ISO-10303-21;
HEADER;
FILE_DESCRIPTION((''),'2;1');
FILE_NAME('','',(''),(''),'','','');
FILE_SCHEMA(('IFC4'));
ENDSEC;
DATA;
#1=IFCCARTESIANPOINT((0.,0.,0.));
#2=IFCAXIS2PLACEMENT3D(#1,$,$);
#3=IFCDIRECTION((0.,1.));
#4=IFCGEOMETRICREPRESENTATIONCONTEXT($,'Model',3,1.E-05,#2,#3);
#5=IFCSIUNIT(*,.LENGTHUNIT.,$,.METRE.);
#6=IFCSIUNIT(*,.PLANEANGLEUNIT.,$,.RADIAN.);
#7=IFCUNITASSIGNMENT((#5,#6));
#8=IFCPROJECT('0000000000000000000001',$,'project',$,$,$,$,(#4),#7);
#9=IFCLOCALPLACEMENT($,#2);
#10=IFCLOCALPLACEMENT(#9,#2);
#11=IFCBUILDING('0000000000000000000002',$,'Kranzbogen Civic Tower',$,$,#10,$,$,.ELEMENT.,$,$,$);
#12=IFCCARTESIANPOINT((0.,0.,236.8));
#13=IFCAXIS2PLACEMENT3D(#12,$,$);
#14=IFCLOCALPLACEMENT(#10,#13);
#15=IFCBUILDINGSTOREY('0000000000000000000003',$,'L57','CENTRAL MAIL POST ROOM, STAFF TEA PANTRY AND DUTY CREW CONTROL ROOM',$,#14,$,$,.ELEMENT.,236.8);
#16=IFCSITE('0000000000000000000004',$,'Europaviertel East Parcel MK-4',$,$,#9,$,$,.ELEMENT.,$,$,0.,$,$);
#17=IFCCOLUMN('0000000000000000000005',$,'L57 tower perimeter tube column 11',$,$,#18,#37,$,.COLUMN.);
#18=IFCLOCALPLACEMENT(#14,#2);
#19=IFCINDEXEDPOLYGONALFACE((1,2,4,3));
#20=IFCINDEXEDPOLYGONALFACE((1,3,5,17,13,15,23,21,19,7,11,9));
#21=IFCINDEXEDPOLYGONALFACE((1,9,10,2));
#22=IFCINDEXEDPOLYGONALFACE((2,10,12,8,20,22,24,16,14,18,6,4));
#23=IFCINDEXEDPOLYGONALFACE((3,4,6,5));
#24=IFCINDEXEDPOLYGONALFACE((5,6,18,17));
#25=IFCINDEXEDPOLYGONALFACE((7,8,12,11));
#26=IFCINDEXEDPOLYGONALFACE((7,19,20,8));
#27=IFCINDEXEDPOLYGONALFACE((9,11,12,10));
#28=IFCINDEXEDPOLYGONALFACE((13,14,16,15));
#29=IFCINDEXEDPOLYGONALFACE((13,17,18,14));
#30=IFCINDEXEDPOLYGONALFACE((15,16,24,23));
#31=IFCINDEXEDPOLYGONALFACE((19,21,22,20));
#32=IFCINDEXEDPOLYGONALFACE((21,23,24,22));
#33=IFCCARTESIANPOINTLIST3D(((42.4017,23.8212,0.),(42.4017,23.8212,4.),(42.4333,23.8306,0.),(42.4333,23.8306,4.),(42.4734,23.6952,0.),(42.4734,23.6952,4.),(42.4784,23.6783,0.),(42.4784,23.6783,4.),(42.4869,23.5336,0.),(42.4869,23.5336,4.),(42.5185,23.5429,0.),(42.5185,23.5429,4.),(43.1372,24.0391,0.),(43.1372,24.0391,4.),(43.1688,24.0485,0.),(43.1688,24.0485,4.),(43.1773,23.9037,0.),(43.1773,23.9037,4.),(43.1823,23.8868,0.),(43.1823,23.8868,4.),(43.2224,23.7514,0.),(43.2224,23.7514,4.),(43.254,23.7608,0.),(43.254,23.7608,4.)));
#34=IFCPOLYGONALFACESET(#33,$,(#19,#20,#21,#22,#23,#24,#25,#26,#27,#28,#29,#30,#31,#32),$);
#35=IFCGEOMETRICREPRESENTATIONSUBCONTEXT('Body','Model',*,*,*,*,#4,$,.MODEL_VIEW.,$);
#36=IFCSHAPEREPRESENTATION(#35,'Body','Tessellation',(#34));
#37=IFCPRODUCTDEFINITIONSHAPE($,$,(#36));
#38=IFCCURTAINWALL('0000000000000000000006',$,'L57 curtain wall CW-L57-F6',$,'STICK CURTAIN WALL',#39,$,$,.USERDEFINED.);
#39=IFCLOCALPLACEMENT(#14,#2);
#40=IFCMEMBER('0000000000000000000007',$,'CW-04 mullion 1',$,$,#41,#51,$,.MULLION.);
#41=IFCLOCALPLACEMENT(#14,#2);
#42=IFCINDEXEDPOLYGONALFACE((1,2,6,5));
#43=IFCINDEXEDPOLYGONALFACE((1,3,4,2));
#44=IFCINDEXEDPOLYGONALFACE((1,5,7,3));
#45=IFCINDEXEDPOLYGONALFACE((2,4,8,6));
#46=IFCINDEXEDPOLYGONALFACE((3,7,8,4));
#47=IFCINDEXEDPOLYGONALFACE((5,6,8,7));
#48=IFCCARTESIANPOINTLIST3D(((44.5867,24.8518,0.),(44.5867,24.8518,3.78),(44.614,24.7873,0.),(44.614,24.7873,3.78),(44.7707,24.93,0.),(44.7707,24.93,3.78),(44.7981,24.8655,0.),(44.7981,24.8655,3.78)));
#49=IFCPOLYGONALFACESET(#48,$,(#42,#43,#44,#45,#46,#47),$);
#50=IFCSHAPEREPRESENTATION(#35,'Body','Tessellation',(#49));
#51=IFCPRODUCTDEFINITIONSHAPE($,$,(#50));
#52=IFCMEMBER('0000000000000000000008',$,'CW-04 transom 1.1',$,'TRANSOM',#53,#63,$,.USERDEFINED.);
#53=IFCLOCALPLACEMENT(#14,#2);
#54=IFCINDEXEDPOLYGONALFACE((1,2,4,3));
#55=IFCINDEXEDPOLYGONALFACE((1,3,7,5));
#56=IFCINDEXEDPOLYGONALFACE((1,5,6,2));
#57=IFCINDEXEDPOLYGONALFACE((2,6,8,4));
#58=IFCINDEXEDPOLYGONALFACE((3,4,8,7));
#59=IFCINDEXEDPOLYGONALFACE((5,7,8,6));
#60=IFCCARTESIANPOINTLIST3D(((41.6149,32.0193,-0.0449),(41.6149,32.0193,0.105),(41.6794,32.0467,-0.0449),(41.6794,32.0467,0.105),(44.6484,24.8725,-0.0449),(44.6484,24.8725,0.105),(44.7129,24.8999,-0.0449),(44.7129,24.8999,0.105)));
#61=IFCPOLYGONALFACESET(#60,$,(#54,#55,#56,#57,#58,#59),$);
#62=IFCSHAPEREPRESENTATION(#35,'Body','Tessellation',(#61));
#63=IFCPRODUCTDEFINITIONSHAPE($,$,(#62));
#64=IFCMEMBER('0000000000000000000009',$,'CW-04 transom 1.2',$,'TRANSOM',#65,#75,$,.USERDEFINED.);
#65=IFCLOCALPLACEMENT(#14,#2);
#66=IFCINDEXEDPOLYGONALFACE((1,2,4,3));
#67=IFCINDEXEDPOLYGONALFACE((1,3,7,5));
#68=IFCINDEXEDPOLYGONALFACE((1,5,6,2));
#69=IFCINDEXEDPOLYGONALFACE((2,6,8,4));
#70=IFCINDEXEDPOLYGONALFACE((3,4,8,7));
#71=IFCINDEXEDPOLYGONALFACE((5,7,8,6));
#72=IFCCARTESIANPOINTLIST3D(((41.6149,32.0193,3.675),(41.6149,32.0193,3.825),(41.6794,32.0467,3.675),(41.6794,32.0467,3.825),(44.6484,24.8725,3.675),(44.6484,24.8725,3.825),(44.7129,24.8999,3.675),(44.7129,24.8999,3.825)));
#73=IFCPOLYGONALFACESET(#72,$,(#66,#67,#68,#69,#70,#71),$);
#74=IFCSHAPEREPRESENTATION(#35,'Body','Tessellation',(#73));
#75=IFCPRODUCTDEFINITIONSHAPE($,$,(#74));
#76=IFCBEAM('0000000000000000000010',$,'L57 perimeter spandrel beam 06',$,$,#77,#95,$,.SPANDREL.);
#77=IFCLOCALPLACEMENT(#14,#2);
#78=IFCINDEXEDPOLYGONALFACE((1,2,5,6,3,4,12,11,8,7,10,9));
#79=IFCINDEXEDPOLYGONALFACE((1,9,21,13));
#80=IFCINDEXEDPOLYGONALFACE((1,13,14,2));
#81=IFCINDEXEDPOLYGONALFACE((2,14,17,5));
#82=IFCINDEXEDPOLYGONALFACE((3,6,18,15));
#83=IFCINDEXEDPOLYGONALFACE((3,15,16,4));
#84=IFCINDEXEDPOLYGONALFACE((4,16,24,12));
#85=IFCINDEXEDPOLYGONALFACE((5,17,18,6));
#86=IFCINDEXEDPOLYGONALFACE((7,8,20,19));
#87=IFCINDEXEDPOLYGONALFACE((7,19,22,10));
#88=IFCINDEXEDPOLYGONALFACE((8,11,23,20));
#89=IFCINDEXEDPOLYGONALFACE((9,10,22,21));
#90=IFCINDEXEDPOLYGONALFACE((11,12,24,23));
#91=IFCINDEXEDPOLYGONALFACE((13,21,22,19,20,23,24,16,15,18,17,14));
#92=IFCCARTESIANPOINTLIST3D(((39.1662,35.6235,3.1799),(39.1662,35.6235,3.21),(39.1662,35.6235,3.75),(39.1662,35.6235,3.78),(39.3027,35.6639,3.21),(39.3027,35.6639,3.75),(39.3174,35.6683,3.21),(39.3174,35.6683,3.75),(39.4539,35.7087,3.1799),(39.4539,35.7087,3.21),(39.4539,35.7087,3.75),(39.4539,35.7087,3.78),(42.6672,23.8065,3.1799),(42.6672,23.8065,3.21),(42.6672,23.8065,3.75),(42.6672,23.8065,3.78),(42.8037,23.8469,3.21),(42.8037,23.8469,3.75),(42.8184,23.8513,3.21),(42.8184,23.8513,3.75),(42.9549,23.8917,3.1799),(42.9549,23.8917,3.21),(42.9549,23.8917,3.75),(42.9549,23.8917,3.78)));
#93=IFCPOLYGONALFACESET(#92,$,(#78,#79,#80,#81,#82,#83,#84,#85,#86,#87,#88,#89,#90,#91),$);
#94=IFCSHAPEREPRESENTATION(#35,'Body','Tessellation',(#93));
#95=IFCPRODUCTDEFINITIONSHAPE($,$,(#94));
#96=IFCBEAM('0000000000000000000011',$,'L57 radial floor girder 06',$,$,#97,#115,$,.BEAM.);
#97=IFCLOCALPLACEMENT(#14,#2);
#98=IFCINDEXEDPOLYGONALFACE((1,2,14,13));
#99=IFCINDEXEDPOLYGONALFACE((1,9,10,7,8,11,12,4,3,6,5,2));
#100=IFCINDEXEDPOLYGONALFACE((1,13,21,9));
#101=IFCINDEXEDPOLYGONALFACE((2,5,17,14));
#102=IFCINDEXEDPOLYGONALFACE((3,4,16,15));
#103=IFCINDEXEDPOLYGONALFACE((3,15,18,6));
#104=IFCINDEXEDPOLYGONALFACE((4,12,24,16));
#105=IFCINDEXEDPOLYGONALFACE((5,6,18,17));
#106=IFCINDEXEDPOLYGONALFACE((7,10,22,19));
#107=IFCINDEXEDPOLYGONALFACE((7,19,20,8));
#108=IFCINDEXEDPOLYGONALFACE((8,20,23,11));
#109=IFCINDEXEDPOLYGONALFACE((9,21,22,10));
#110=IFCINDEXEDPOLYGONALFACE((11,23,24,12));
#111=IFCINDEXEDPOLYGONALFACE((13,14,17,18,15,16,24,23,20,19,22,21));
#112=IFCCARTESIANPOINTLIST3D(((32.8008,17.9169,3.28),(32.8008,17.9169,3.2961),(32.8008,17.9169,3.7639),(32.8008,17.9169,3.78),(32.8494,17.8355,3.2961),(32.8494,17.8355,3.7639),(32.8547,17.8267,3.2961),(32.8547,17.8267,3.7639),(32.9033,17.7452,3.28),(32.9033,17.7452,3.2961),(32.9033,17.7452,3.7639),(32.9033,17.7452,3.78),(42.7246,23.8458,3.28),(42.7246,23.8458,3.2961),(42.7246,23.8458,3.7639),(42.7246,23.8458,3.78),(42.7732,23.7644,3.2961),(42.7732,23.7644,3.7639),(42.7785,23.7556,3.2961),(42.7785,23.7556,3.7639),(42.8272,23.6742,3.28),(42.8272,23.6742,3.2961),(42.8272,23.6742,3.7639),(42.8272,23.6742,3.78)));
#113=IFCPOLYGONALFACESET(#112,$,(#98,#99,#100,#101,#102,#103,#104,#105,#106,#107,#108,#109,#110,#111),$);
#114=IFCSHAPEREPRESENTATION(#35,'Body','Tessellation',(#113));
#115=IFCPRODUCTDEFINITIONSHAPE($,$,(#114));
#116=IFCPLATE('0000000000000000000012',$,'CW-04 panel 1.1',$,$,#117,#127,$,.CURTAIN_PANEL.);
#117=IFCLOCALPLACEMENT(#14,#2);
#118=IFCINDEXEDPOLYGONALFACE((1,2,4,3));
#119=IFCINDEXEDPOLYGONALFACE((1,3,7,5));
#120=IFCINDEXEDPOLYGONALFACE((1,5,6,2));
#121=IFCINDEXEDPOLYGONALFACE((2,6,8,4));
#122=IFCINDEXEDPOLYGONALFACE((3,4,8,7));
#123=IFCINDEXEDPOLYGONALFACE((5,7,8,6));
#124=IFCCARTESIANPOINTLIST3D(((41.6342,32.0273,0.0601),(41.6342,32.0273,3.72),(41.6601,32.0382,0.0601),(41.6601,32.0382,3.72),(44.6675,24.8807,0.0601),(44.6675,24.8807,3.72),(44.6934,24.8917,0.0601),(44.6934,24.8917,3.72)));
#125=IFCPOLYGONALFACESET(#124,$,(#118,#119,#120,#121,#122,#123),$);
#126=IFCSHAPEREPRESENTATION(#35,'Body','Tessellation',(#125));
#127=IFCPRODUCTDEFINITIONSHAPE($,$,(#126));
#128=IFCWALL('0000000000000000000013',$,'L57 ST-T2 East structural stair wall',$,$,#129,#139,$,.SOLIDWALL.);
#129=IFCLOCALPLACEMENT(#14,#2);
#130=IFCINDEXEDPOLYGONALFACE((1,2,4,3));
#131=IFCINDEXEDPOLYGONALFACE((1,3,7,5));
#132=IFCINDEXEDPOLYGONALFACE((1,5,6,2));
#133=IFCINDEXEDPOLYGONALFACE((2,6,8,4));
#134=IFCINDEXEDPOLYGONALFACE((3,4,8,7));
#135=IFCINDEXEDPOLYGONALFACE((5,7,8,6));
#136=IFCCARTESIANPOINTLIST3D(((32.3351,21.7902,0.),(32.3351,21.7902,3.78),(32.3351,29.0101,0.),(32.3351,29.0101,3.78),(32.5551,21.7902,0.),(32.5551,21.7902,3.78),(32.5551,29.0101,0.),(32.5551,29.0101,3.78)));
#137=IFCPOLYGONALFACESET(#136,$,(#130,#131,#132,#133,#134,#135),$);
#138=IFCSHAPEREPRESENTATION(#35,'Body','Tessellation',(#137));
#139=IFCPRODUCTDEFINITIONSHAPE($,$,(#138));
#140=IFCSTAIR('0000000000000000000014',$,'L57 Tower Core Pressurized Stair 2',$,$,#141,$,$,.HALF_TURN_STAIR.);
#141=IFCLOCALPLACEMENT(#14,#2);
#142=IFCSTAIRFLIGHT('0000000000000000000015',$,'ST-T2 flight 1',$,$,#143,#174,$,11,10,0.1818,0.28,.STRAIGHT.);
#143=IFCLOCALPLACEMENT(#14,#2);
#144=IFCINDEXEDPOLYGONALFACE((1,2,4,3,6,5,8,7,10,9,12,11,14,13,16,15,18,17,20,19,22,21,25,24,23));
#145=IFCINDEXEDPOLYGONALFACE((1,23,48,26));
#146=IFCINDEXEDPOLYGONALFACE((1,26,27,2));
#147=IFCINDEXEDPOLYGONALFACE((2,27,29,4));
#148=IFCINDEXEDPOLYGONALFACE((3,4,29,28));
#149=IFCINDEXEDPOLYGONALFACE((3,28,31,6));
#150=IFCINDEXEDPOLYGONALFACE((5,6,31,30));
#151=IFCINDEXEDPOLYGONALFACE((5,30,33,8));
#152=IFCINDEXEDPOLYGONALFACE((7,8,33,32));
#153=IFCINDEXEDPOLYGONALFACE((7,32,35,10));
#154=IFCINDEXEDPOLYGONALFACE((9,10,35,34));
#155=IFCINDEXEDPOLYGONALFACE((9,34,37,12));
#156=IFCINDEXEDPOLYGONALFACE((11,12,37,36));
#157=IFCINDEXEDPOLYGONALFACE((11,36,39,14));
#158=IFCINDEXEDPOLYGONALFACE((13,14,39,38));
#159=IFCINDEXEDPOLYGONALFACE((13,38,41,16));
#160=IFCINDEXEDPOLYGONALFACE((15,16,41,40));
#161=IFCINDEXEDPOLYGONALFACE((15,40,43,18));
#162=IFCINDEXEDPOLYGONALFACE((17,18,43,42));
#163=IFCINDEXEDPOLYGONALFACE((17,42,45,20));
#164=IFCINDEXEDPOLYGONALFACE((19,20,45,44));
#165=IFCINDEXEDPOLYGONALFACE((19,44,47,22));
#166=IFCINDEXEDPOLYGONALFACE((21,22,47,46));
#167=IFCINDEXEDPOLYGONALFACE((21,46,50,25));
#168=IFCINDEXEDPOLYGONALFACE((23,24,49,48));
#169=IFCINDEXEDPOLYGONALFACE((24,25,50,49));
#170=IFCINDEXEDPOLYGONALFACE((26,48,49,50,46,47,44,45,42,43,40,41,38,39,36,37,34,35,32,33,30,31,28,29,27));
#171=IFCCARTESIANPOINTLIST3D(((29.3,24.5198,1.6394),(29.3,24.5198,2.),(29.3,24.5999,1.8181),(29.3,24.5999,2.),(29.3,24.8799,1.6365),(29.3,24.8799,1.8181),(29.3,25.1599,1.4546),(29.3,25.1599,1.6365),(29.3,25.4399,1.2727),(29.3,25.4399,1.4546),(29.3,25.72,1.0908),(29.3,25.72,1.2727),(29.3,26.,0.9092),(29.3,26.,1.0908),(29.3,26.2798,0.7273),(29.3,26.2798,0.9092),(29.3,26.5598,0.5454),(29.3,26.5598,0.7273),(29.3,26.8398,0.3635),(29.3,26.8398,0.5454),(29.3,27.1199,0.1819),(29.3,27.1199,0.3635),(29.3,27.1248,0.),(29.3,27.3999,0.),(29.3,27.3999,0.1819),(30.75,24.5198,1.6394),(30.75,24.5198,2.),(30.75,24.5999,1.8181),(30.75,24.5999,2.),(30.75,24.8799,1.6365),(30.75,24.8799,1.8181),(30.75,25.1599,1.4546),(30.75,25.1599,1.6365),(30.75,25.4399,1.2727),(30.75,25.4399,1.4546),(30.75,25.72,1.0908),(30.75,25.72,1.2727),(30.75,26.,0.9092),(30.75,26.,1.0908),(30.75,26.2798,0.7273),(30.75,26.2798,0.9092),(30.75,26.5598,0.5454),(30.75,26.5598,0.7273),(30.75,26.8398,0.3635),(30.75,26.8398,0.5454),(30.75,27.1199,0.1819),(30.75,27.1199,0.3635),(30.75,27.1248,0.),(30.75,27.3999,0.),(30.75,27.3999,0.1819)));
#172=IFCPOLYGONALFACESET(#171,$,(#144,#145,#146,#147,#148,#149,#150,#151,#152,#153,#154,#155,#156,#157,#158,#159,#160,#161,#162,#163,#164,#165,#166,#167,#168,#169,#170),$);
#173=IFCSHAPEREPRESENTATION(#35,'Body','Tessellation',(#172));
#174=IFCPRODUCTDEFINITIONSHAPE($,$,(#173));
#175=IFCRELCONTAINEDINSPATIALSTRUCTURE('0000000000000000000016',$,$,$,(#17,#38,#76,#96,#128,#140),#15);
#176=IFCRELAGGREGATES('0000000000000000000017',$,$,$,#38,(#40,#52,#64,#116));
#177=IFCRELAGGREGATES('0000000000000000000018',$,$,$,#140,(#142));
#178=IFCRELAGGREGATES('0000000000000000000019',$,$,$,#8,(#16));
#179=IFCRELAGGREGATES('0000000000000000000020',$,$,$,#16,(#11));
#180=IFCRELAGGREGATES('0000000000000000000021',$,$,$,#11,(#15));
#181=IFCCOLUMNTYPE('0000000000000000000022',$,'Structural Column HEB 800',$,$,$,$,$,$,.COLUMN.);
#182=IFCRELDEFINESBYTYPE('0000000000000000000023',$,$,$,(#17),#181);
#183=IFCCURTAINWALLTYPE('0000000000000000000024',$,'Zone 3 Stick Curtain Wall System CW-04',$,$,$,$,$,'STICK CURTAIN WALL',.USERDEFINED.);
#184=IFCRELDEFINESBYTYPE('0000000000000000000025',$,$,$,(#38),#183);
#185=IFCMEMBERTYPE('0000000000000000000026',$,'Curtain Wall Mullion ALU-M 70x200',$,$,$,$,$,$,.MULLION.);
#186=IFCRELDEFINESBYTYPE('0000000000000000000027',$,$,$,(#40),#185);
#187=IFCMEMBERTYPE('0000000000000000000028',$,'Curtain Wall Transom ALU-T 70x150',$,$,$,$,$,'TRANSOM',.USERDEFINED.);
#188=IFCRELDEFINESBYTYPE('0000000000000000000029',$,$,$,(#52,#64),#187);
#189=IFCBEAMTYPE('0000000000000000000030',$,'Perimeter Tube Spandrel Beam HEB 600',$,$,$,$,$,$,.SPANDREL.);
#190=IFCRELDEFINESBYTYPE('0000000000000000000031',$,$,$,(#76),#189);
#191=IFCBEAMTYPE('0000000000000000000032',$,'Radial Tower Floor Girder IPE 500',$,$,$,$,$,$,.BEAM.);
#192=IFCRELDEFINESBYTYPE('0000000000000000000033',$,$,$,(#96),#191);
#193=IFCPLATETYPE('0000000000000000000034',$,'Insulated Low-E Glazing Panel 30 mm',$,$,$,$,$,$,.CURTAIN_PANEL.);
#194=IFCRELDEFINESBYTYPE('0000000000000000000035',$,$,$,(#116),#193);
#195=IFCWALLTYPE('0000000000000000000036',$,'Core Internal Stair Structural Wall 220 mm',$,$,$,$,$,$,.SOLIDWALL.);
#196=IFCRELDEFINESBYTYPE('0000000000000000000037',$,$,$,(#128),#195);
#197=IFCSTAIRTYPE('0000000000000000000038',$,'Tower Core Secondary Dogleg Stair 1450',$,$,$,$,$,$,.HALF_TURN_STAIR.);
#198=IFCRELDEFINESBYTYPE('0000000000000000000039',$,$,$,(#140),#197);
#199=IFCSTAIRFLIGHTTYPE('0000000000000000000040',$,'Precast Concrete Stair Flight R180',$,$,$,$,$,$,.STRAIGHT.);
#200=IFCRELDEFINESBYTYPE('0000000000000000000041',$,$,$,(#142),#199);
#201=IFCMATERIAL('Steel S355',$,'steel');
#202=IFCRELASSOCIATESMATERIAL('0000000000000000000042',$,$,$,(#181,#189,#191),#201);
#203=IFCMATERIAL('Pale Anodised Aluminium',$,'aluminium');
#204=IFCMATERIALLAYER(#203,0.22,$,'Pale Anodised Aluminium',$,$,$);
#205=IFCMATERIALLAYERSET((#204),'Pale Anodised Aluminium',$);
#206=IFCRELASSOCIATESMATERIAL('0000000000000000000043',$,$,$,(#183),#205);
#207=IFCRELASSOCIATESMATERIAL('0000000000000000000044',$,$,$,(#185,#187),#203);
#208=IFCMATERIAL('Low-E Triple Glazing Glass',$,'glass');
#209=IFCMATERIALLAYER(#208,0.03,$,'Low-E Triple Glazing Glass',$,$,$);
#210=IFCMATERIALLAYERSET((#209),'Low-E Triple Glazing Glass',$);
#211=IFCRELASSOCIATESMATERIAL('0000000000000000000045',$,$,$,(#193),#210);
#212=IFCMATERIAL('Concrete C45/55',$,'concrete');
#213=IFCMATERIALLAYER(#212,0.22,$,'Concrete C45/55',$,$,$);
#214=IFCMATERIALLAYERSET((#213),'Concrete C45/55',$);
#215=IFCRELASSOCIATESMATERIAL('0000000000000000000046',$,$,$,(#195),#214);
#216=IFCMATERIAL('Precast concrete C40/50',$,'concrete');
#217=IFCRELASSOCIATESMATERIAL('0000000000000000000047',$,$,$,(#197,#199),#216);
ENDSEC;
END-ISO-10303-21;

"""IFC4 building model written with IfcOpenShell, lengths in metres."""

from ifc_helpers import new_model, si_unit, direction, frame, frame_2d, origin, origin_2d, place, context, subcontext, project, spatial, polyline, rectangle, i_section, outline, extrude, material, layer, layer_set, material_profile, profile_set, type_object, element, aggregate, save


model = new_model("IFC4")

# Units and contexts
model_context = context("Model", 3, precision=1e-05, world=origin(), true_north=direction((0.0, 1.0)))
body_context = subcontext(model_context, "Body", "Model", "MODEL_VIEW")
ifc_project = project(units=[si_unit("LENGTHUNIT", "METRE"), si_unit("PLANEANGLEUNIT", "RADIAN")], contexts=[model_context])

# Site, building, storey
site_placement = place(None, origin())
site = spatial("IfcSite", under=ifc_project, at=site_placement, Name="Europaviertel East Parcel MK-4", CompositionType="ELEMENT", RefElevation=0.0)
building_placement = place(site_placement, origin())
building = spatial("IfcBuilding", under=site, at=building_placement, Name="Kranzbogen Civic Tower", CompositionType="ELEMENT")
storey_placement = place(building_placement, frame((0.0, 0.0, 236.8)))
storey = spatial("IfcBuildingStorey", under=building, at=storey_placement, Name="L57", Description="CENTRAL MAIL POST ROOM, STAFF TEA PANTRY AND DUTY CREW CONTROL ROOM", CompositionType="ELEMENT", Elevation=236.8)

# Column
ifc_material_1 = material(Name="Steel S355", Category="steel")
ifc_material_profile_1 = material_profile(ifc_material_1, i_section(OverallWidth=0.3, OverallDepth=0.8, WebThickness=0.0176, FlangeThickness=0.033, at=origin_2d()), Name="HEB 800")
ifc_profile_set_1 = profile_set([ifc_material_profile_1], Name="Steel S355")
column_type = type_object("IfcColumnType", Name="Structural Column HEB 800", PredefinedType="COLUMN", material=ifc_profile_set_1)
column_placement = place(storey_placement, frame((42.8279, 23.791, 0.0), z_axis=(0.0, 0.0, 1.0), x_axis=(-0.284015, 0.95882, 0.0)))
element("IfcColumn", 1, at=column_placement, inside=storey, type_object=column_type, Name="L57 tower perimeter tube column 11", PredefinedType="COLUMN", context=body_context, shape_type="SweptSolid", body=[
    extrude(i_section(OverallWidth=0.3, OverallDepth=0.8, WebThickness=0.0176, FlangeThickness=0.033, at=origin_2d()), origin(), (0.0, 0.0, 1.0), 4.0),
])

# Curtain wall, members
ifc_material_2 = material(Name="Pale Anodised Aluminium", Category="aluminium")
ifc_layer_1 = layer(ifc_material_2, 0.22, Name="Pale Anodised Aluminium")
ifc_layer_set_1 = layer_set([ifc_layer_1], Name="Pale Anodised Aluminium")
curtain_wall_type = type_object("IfcCurtainWallType", Name="Zone 3 Stick Curtain Wall System CW-04", ElementType="STICK CURTAIN WALL", PredefinedType="USERDEFINED", material=ifc_layer_set_1)
curtain_wall_placement = place(storey_placement, origin())
curtain_wall = element("IfcCurtainWall", 2, at=curtain_wall_placement, inside=storey, type_object=curtain_wall_type, Name="L57 curtain wall CW-L57-F6", ObjectType="STICK CURTAIN WALL", PredefinedType="USERDEFINED")
ifc_material_profile_2 = material_profile(ifc_material_2, rectangle(XDim=0.0701, YDim=0.2, at=origin_2d()), Name="ALU-M 70x200")
ifc_profile_set_2 = profile_set([ifc_material_profile_2], Name="Pale Anodised Aluminium")
member_type_1 = type_object("IfcMemberType", Name="Curtain Wall Mullion ALU-M 70x200", PredefinedType="MULLION", material=ifc_profile_set_2)
member_1_placement = place(storey_placement, frame((44.6924, 24.8586, 0.0), z_axis=(0.0, 0.0, 1.0), x_axis=(-0.390705, 0.920516, 0.0)))
member_1 = element("IfcMember", 3, at=member_1_placement, type_object=member_type_1, Name="CW-04 mullion 1", PredefinedType="MULLION", context=body_context, shape_type="SweptSolid", body=[
    extrude(rectangle(XDim=0.0701, YDim=0.2, at=origin_2d()), origin(), (0.0, 0.0, 1.0), 3.78),
])
ifc_material_profile_3 = material_profile(ifc_material_2, rectangle(XDim=0.0701, YDim=0.1499, at=origin_2d()), Name="ALU-T 70x150")
ifc_profile_set_3 = profile_set([ifc_material_profile_3], Name="Pale Anodised Aluminium")
member_type_2 = type_object("IfcMemberType", Name="Curtain Wall Transom ALU-T 70x150", ElementType="TRANSOM", PredefinedType="USERDEFINED", material=ifc_profile_set_3)
member_2_placement = place(storey_placement, frame((44.6807, 24.8862, 0.03), z_axis=(-0.390714, 0.920512, 0.0), x_axis=(-0.920512, -0.390714, 0.0)))
member_2 = element("IfcMember", 4, at=member_2_placement, type_object=member_type_2, Name="CW-04 transom 1.1", ObjectType="TRANSOM", PredefinedType="USERDEFINED", context=body_context, shape_type="SweptSolid", body=[
    extrude(rectangle(XDim=0.0701, YDim=0.1499, at=origin_2d()), origin(), (0.0, 0.0, 1.0), 7.7639),
])
member_3_placement = place(storey_placement, frame((44.6807, 24.8862, 3.75), z_axis=(-0.390714, 0.920512, 0.0), x_axis=(-0.920512, -0.390714, 0.0)))
member_3 = element("IfcMember", 5, at=member_3_placement, type_object=member_type_2, Name="CW-04 transom 1.2", ObjectType="TRANSOM", PredefinedType="USERDEFINED", context=body_context, shape_type="SweptSolid", body=[
    extrude(rectangle(XDim=0.0701, YDim=0.1499, at=origin_2d()), origin(), (0.0, 0.0, 1.0), 7.7639),
])

# Beams
ifc_material_profile_4 = material_profile(ifc_material_1, i_section(OverallWidth=0.3, OverallDepth=0.6001, WebThickness=0.0154, FlangeThickness=0.03, at=origin_2d()), Name="HEB 600")
ifc_profile_set_4 = profile_set([ifc_material_profile_4], Name="Steel S355")
beam_type_1 = type_object("IfcBeamType", Name="Perimeter Tube Spandrel Beam HEB 600", PredefinedType="SPANDREL", material=ifc_profile_set_4)
beam_1_placement = place(storey_placement, frame((42.811, 23.8491, 3.48), z_axis=(-0.284064, 0.958805, 0.0), x_axis=(-0.958805, -0.284064, 0.0)))
element("IfcBeam", 6, at=beam_1_placement, inside=storey, type_object=beam_type_1, Name="L57 perimeter spandrel beam 06", PredefinedType="SPANDREL", context=body_context, shape_type="SweptSolid", body=[
    extrude(i_section(OverallWidth=0.3, OverallDepth=0.6001, WebThickness=0.0154, FlangeThickness=0.03, at=origin_2d()), origin(), (0.0, 0.0, 1.0), 12.3247),
])
ifc_material_profile_5 = material_profile(ifc_material_1, i_section(OverallWidth=0.2, OverallDepth=0.5, WebThickness=0.0103, FlangeThickness=0.0161, at=origin_2d()), Name="IPE 500")
ifc_profile_set_5 = profile_set([ifc_material_profile_5], Name="Steel S355")
beam_type_2 = type_object("IfcBeamType", Name="Radial Tower Floor Girder IPE 500", PredefinedType="BEAM", material=ifc_profile_set_5)
beam_2_placement = place(storey_placement, frame((42.7759, 23.76, 3.53), z_axis=(-0.858459, -0.512883, 0.0), x_axis=(0.512883, -0.858459, 0.0)))
element("IfcBeam", 7, at=beam_2_placement, inside=storey, type_object=beam_type_2, Name="L57 radial floor girder 06", PredefinedType="BEAM", context=body_context, shape_type="SweptSolid", body=[
    extrude(i_section(OverallWidth=0.2, OverallDepth=0.5, WebThickness=0.0103, FlangeThickness=0.0161, at=origin_2d()), origin(), (0.0, 0.0, 1.0), 11.5601),
])

# Plate
ifc_material_3 = material(Name="Low-E Triple Glazing Glass", Category="glass")
ifc_layer_2 = layer(ifc_material_3, 0.03, Name="Low-E Triple Glazing Glass")
ifc_layer_set_2 = layer_set([ifc_layer_2], Name="Low-E Triple Glazing Glass")
plate_type = type_object("IfcPlateType", Name="Insulated Low-E Glazing Panel 30 mm", PredefinedType="CURTAIN_PANEL", material=ifc_layer_set_2)
plate_placement = place(storey_placement, frame((43.1638, 28.4595, 0.0601), z_axis=(0.0, 0.0, 1.0), x_axis=(-0.390705, 0.920516, 0.0)))
plate = element("IfcPlate", 8, at=plate_placement, type_object=plate_type, Name="CW-04 panel 1.1", PredefinedType="CURTAIN_PANEL", context=body_context, shape_type="SweptSolid", body=[
    extrude(rectangle(XDim=7.7637, YDim=0.0281, at=origin_2d()), origin(), (0.0, 0.0, 1.0), 3.6599),
])
aggregate(curtain_wall, [member_1, member_2, member_3, plate])

# Wall
ifc_material_4 = material(Name="Concrete C45/55", Category="concrete")
ifc_layer_3 = layer(ifc_material_4, 0.22, Name="Concrete C45/55")
ifc_layer_set_3 = layer_set([ifc_layer_3], Name="Concrete C45/55")
wall_type = type_object("IfcWallType", Name="Core Internal Stair Structural Wall 220 mm", PredefinedType="SOLIDWALL", material=ifc_layer_set_3)
wall_placement = place(storey_placement, frame((32.4451, 29.01, 0.0), z_axis=(0.0, 0.0, 1.0), x_axis=(0.0, -1.0, 0.0)))
element("IfcWall", 9, at=wall_placement, inside=storey, type_object=wall_type, Name="L57 ST-T2 East structural stair wall", PredefinedType="SOLIDWALL", context=body_context, shape_type="SweptSolid", body=[
    extrude(rectangle(XDim=7.22, YDim=0.22, at=frame_2d((3.6099, 0.0))), origin(), (0.0, 0.0, 1.0), 3.78),
])

# Stair, stair flight
ifc_material_5 = material(Name="Precast concrete C40/50", Category="concrete")
stair_type = type_object("IfcStairType", Name="Tower Core Secondary Dogleg Stair 1450", PredefinedType="HALF_TURN_STAIR", material=ifc_material_5)
stair_placement = place(storey_placement, origin())
stair = element("IfcStair", 10, at=stair_placement, inside=storey, type_object=stair_type, Name="L57 Tower Core Pressurized Stair 2", PredefinedType="HALF_TURN_STAIR")
stair_flight_type = type_object("IfcStairFlightType", Name="Precast Concrete Stair Flight R180", PredefinedType="STRAIGHT", material=ifc_material_5)
stair_flight_1_placement = place(storey_placement, frame((30.0249, 27.3999, 0.0), z_axis=(0.0, 0.0, 1.0), x_axis=(0.0, -1.0, 0.0)))
stair_flight_1 = element("IfcStairFlight", 11, at=stair_flight_1_placement, type_object=stair_flight_type, Name="ST-T2 flight 1", NumberOfRisers=11, NumberOfTreads=10, PredefinedType="STRAIGHT", RiserHeight=0.1818, TreadLength=0.28, context=body_context, shape_type="SweptSolid", body=[
    extrude(outline(polyline([(0.0, 0.0), (0.0, 0.1819), (0.28, 0.1819), (0.28, 0.3635), (0.5601, 0.3635), (0.5601, 0.5454), (0.8401, 0.5454), (0.8401, 0.7273), (1.1201, 0.7273), (1.1201, 0.9092), (1.3999, 0.9092), (1.3999, 1.0908), (1.6799, 1.0908), (1.6799, 1.2727), (1.96, 1.2727), (1.96, 1.4546), (2.24, 1.4546), (2.24, 1.6365), (2.52, 1.6365), (2.52, 1.8181), (2.8, 1.8181), (2.8, 2.0), (2.8801, 2.0), (2.8801, 1.6394), (0.2751, 0.0), (0.0, 0.0)])), frame((0.0, 0.7251, 0.0), z_axis=(0.0, -1.0, 0.0), x_axis=(1.0, 0.0, 0.0)), (0.0, 0.0, 1.0), 1.45),
])
aggregate(stair, [stair_flight_1])

save(model, "model.ifc")
